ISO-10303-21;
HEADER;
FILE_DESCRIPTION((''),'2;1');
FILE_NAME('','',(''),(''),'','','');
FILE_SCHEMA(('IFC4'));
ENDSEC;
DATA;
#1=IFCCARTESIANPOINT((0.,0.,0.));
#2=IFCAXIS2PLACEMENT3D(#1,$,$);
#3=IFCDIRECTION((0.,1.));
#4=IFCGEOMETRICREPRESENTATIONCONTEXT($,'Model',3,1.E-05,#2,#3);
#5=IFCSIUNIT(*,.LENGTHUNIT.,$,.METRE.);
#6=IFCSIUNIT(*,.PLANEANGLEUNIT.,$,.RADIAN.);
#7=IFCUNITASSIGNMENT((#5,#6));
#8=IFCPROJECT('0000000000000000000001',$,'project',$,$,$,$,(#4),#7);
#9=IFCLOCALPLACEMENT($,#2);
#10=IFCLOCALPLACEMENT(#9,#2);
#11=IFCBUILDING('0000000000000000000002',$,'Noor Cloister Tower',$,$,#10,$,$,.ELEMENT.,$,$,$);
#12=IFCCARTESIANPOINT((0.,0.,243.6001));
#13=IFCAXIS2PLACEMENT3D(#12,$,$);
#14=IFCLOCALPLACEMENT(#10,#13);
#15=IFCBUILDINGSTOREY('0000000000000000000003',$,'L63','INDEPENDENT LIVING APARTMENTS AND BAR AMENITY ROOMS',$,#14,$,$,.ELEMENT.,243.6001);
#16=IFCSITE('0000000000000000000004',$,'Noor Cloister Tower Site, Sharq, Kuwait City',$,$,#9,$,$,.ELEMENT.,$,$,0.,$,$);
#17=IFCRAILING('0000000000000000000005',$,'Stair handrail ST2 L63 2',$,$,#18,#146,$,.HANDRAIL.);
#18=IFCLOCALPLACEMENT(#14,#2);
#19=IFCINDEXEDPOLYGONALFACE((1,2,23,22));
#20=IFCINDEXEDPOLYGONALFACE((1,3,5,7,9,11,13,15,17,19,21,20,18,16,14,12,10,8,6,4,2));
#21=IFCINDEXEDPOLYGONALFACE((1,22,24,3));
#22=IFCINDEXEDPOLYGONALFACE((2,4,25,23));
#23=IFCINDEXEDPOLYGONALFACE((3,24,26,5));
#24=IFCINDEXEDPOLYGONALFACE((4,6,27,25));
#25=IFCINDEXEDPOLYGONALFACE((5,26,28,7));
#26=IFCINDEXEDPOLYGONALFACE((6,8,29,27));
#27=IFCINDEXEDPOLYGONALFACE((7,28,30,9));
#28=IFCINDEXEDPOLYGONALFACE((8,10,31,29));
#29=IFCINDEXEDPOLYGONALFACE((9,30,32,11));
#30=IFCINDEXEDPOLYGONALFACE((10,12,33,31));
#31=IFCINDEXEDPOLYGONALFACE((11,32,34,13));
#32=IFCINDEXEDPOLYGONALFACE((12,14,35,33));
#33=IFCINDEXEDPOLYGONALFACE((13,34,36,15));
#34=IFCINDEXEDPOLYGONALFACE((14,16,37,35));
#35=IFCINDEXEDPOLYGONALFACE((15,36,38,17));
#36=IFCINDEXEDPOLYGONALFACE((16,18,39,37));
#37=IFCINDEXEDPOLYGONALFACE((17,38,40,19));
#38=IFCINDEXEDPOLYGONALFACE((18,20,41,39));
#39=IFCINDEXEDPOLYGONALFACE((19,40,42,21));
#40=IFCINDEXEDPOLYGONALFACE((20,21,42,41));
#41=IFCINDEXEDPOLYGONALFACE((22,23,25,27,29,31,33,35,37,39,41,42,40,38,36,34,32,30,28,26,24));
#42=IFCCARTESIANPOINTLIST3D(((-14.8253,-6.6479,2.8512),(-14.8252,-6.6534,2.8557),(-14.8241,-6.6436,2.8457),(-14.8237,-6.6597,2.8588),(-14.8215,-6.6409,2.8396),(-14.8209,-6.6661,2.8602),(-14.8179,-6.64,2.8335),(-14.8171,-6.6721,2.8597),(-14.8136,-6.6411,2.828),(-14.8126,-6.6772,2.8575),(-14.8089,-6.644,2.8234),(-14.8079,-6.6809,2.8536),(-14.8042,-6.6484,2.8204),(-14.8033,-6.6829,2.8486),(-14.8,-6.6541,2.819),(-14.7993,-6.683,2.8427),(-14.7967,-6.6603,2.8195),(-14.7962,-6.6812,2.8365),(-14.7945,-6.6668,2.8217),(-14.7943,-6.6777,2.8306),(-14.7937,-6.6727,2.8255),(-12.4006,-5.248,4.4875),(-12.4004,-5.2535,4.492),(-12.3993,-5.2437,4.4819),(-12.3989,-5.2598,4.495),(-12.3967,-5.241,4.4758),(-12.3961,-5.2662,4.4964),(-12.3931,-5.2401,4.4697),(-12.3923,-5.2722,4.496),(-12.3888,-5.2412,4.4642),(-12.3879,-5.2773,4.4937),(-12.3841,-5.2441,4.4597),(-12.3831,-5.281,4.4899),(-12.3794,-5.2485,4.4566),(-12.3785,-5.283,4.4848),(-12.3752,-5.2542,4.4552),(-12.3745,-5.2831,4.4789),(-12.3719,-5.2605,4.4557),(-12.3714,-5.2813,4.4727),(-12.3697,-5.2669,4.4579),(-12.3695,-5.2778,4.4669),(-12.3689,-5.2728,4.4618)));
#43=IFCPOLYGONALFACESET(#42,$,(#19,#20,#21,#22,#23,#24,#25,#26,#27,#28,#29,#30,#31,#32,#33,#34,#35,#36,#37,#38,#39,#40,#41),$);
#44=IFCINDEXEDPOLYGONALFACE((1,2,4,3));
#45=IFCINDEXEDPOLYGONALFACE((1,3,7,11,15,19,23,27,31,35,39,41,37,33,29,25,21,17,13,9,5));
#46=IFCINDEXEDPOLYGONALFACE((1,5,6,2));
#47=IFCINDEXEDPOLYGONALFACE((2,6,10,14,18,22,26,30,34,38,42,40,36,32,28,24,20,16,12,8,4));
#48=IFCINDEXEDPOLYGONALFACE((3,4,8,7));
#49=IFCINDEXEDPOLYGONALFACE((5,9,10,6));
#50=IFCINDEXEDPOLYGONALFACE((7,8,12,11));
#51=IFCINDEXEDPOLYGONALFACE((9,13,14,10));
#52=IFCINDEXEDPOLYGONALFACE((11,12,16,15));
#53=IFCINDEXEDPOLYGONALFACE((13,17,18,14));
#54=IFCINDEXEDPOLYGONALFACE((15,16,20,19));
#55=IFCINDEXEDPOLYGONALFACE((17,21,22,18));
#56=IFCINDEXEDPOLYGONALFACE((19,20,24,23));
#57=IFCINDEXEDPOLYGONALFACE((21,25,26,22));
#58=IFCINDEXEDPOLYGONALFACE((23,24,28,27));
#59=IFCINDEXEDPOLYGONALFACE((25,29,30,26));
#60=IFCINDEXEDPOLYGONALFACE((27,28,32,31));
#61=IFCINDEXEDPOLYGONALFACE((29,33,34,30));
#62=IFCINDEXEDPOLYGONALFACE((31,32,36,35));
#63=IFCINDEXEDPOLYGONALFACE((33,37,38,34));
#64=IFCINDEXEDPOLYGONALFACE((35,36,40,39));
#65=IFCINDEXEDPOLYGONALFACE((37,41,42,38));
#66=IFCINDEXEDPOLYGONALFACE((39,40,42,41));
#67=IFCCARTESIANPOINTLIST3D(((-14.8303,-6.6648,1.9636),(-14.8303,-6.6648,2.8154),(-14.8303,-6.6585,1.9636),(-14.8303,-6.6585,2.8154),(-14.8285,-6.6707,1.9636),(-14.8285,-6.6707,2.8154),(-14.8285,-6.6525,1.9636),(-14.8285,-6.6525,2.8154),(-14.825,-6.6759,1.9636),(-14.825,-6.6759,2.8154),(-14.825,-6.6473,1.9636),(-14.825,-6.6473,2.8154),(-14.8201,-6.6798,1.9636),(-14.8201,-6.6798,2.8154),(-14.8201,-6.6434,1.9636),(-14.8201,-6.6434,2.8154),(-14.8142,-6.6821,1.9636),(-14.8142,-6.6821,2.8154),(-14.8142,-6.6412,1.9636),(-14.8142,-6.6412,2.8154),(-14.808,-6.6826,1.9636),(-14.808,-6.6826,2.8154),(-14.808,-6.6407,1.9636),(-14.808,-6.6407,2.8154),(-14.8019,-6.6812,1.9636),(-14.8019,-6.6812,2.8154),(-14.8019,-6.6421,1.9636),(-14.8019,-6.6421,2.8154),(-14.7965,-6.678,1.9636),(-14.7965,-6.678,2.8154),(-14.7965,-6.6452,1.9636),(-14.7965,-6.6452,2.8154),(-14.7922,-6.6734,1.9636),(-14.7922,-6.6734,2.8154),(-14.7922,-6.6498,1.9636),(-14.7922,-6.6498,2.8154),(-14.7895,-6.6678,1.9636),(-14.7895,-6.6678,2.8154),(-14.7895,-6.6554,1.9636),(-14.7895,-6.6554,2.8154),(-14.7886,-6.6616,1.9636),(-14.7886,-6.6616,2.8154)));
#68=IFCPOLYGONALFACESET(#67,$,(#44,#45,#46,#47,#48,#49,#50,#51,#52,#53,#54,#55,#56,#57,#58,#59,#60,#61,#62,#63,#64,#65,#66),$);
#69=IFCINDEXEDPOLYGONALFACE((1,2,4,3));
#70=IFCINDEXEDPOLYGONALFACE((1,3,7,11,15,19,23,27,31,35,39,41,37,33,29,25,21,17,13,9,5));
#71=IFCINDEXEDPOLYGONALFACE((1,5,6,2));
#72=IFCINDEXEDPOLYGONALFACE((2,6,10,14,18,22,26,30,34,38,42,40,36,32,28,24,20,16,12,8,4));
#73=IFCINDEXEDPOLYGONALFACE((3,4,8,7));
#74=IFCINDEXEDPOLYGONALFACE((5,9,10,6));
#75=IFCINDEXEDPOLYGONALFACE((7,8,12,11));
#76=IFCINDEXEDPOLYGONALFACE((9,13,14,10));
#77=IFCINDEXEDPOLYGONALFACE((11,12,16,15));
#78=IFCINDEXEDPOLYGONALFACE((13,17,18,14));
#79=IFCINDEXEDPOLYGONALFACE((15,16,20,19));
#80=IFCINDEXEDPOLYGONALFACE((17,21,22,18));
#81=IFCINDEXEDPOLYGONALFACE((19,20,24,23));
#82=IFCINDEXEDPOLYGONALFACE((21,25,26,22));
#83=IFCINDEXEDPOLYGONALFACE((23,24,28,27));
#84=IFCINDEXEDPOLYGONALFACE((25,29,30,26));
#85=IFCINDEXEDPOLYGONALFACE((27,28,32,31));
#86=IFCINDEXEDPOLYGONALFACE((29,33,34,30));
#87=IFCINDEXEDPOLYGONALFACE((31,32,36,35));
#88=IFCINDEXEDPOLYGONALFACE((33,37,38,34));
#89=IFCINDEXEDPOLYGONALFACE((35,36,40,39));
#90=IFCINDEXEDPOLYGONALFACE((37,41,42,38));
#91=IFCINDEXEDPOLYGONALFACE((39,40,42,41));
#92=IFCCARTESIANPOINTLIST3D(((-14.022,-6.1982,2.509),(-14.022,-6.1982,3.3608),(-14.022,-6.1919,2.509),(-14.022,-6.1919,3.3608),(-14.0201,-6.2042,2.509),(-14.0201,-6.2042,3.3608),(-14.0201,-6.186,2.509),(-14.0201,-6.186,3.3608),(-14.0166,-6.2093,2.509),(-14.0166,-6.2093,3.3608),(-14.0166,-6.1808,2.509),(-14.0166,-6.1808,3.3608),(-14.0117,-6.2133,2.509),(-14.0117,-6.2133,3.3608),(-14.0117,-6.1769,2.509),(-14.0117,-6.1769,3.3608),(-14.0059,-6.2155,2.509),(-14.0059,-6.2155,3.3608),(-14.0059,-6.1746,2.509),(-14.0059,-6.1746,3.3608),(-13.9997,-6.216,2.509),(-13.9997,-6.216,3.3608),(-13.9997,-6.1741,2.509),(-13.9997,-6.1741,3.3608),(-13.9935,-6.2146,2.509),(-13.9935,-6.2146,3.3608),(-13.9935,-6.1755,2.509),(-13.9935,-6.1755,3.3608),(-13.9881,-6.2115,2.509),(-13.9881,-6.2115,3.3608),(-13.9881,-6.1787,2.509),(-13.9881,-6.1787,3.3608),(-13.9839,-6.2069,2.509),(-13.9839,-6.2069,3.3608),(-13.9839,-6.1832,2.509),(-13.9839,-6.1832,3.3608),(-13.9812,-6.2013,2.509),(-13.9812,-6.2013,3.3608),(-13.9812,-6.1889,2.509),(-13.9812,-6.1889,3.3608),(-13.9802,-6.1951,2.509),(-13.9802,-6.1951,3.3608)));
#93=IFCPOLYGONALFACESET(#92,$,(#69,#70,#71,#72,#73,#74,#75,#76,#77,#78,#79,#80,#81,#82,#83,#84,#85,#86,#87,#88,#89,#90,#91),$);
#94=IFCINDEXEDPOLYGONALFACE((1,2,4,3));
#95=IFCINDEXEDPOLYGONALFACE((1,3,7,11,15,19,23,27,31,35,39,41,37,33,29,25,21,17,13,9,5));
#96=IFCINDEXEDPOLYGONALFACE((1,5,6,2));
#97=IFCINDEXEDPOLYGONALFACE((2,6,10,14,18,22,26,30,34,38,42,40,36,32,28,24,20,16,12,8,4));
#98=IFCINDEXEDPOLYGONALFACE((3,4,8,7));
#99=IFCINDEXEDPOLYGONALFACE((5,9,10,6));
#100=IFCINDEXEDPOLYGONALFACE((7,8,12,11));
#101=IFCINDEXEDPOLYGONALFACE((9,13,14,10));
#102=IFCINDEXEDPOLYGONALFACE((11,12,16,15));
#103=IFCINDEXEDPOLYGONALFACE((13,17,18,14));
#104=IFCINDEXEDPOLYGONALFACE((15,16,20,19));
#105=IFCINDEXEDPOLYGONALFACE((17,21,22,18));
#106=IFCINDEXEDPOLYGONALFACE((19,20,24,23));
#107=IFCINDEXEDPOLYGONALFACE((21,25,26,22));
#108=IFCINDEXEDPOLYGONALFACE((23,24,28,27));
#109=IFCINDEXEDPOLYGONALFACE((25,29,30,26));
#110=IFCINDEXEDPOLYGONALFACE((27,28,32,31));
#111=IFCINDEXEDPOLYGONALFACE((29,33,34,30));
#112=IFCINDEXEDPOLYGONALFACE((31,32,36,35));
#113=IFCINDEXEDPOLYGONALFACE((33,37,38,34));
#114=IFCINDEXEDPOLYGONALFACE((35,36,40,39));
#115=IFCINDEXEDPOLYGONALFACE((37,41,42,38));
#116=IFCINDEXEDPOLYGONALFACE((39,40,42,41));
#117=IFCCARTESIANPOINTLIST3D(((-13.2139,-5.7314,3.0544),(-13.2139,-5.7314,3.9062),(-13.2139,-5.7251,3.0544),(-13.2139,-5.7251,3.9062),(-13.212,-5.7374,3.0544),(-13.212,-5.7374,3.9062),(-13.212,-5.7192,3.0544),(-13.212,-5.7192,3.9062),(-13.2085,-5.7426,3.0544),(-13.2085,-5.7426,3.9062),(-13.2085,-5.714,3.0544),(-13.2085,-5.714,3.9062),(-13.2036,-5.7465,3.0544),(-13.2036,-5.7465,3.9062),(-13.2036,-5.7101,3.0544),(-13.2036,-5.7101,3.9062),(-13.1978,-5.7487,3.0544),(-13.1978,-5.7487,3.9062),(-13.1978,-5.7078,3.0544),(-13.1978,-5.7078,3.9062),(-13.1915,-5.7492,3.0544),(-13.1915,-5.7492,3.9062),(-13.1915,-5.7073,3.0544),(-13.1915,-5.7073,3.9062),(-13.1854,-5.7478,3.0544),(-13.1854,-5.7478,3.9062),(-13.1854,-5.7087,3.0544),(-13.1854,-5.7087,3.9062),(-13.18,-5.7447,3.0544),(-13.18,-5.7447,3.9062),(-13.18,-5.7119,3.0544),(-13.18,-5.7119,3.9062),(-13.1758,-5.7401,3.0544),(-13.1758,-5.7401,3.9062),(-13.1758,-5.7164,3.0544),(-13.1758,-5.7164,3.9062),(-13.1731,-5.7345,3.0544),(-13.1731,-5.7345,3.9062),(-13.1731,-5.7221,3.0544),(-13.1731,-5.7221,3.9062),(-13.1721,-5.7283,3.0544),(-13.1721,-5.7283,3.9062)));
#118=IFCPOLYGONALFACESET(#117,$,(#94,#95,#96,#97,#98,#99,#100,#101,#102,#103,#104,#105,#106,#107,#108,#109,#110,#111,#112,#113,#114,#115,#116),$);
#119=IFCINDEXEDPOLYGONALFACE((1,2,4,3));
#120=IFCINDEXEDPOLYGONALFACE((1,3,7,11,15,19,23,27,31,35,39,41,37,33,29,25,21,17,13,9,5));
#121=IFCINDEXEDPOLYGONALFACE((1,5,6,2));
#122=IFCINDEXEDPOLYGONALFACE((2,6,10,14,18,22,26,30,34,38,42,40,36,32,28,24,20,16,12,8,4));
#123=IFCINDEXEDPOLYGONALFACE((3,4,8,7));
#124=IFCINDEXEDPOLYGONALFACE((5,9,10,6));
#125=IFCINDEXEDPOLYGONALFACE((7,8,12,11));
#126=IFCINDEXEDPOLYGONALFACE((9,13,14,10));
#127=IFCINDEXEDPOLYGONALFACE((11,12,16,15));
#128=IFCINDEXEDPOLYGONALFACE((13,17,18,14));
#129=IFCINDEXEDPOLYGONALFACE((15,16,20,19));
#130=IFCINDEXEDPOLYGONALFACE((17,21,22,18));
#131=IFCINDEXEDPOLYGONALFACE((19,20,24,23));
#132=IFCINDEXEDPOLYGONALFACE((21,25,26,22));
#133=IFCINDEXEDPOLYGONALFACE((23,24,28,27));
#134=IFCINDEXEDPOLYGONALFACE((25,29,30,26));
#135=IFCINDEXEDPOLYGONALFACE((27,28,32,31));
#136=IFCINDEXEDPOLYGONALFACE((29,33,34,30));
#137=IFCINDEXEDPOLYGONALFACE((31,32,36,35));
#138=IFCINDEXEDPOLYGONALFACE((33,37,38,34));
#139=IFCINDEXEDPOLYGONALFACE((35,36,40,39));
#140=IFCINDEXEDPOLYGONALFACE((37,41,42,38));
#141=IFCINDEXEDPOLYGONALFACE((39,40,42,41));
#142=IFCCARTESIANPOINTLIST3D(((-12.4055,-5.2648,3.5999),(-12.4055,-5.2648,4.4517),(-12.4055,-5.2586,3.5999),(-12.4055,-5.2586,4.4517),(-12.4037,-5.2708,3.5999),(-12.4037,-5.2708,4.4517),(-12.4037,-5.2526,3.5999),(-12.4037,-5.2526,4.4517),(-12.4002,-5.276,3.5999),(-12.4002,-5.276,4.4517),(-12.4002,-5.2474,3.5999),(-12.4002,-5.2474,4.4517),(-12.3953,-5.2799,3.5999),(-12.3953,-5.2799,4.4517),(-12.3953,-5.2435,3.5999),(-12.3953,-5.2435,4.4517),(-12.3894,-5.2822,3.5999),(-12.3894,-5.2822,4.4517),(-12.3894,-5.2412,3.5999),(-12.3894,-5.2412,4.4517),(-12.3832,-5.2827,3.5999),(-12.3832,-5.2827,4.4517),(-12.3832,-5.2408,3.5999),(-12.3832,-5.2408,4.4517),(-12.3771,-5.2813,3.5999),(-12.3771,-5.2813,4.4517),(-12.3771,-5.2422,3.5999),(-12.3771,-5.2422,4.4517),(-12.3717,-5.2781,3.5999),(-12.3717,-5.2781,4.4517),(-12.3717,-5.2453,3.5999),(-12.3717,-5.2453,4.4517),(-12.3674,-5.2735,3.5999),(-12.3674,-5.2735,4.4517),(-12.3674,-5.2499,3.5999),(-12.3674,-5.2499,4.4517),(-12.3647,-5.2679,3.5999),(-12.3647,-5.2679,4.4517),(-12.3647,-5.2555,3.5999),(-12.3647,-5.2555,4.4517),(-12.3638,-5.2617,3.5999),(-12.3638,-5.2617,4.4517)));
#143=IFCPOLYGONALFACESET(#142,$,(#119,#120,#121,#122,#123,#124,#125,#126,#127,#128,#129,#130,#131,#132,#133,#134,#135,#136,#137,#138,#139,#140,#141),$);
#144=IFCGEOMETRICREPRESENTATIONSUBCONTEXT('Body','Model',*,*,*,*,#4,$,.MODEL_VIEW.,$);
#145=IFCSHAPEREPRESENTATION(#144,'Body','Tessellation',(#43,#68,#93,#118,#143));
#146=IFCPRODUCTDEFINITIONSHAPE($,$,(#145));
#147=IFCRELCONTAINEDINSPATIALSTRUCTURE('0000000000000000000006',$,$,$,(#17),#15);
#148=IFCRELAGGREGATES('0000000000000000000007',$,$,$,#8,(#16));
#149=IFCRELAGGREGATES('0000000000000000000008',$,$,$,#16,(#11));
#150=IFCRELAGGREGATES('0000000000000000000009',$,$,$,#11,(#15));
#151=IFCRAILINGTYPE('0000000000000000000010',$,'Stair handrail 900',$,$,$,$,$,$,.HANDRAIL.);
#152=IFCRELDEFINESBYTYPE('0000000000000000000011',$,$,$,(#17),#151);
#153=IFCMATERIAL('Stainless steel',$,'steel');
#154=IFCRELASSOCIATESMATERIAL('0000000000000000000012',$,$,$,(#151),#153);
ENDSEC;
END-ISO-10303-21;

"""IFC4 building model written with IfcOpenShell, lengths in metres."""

from ifc_helpers import new_model, si_unit, direction, frame, origin, origin_2d, place, context, subcontext, project, spatial, circle, extrude, material, type_object, element, save


model = new_model("IFC4")

# Units and contexts
model_context = context("Model", 3, precision=1e-05, world=origin(), true_north=direction((0.0, 1.0)))
body_context = subcontext(model_context, "Body", "Model", "MODEL_VIEW")
ifc_project = project(units=[si_unit("LENGTHUNIT", "METRE"), si_unit("PLANEANGLEUNIT", "RADIAN")], contexts=[model_context])

# Site, building, storey
site_placement = place(None, origin())
site = spatial("IfcSite", under=ifc_project, at=site_placement, Name="Noor Cloister Tower Site, Sharq, Kuwait City", CompositionType="ELEMENT", RefElevation=0.0)
building_placement = place(site_placement, origin())
building = spatial("IfcBuilding", under=site, at=building_placement, Name="Noor Cloister Tower", CompositionType="ELEMENT")
storey_placement = place(building_placement, frame((0.0, 0.0, 243.6001)))
storey = spatial("IfcBuildingStorey", under=building, at=storey_placement, Name="L63", Description="INDEPENDENT LIVING APARTMENTS AND BAR AMENITY ROOMS", CompositionType="ELEMENT", Elevation=243.6001)

# Railing
ifc_material_1 = material(Name="Stainless steel", Category="steel")
railing_type_1 = type_object("IfcRailingType", Name="Stair handrail 900", PredefinedType="HANDRAIL", material=ifc_material_1)
railing_1_placement = place(storey_placement, frame((-14.8096, -6.6616, 1.9636)))
element("IfcRailing", 1, at=railing_1_placement, inside=storey, type_object=railing_type_1, Name="Stair handrail ST2 L63 2", PredefinedType="HANDRAIL", context=body_context, shape_type="SweptSolid", body=[
    extrude(circle(Radius=0.0239, at=origin_2d()), frame((0.0, 0.0, 0.876), z_axis=(0.747718, 0.431677, 0.504552), x_axis=(-0.499984, 0.866035, 0.0)), (0.0, 0.0, 1.0), 3.2429),
    extrude(circle(Radius=0.021, at=origin_2d()), origin(), (0.0, 0.0, 1.0), 0.8518),
    extrude(circle(Radius=0.021, at=origin_2d()), frame((0.8083, 0.4666, 0.5454)), (0.0, 0.0, 1.0), 0.8518),
    extrude(circle(Radius=0.021, at=origin_2d()), frame((1.6165, 0.9333, 1.0908)), (0.0, 0.0, 1.0), 0.8518),
    extrude(circle(Radius=0.021, at=origin_2d()), frame((2.4248, 1.3999, 1.6362)), (0.0, 0.0, 1.0), 0.8518),
])

save(model, "model.ifc")
